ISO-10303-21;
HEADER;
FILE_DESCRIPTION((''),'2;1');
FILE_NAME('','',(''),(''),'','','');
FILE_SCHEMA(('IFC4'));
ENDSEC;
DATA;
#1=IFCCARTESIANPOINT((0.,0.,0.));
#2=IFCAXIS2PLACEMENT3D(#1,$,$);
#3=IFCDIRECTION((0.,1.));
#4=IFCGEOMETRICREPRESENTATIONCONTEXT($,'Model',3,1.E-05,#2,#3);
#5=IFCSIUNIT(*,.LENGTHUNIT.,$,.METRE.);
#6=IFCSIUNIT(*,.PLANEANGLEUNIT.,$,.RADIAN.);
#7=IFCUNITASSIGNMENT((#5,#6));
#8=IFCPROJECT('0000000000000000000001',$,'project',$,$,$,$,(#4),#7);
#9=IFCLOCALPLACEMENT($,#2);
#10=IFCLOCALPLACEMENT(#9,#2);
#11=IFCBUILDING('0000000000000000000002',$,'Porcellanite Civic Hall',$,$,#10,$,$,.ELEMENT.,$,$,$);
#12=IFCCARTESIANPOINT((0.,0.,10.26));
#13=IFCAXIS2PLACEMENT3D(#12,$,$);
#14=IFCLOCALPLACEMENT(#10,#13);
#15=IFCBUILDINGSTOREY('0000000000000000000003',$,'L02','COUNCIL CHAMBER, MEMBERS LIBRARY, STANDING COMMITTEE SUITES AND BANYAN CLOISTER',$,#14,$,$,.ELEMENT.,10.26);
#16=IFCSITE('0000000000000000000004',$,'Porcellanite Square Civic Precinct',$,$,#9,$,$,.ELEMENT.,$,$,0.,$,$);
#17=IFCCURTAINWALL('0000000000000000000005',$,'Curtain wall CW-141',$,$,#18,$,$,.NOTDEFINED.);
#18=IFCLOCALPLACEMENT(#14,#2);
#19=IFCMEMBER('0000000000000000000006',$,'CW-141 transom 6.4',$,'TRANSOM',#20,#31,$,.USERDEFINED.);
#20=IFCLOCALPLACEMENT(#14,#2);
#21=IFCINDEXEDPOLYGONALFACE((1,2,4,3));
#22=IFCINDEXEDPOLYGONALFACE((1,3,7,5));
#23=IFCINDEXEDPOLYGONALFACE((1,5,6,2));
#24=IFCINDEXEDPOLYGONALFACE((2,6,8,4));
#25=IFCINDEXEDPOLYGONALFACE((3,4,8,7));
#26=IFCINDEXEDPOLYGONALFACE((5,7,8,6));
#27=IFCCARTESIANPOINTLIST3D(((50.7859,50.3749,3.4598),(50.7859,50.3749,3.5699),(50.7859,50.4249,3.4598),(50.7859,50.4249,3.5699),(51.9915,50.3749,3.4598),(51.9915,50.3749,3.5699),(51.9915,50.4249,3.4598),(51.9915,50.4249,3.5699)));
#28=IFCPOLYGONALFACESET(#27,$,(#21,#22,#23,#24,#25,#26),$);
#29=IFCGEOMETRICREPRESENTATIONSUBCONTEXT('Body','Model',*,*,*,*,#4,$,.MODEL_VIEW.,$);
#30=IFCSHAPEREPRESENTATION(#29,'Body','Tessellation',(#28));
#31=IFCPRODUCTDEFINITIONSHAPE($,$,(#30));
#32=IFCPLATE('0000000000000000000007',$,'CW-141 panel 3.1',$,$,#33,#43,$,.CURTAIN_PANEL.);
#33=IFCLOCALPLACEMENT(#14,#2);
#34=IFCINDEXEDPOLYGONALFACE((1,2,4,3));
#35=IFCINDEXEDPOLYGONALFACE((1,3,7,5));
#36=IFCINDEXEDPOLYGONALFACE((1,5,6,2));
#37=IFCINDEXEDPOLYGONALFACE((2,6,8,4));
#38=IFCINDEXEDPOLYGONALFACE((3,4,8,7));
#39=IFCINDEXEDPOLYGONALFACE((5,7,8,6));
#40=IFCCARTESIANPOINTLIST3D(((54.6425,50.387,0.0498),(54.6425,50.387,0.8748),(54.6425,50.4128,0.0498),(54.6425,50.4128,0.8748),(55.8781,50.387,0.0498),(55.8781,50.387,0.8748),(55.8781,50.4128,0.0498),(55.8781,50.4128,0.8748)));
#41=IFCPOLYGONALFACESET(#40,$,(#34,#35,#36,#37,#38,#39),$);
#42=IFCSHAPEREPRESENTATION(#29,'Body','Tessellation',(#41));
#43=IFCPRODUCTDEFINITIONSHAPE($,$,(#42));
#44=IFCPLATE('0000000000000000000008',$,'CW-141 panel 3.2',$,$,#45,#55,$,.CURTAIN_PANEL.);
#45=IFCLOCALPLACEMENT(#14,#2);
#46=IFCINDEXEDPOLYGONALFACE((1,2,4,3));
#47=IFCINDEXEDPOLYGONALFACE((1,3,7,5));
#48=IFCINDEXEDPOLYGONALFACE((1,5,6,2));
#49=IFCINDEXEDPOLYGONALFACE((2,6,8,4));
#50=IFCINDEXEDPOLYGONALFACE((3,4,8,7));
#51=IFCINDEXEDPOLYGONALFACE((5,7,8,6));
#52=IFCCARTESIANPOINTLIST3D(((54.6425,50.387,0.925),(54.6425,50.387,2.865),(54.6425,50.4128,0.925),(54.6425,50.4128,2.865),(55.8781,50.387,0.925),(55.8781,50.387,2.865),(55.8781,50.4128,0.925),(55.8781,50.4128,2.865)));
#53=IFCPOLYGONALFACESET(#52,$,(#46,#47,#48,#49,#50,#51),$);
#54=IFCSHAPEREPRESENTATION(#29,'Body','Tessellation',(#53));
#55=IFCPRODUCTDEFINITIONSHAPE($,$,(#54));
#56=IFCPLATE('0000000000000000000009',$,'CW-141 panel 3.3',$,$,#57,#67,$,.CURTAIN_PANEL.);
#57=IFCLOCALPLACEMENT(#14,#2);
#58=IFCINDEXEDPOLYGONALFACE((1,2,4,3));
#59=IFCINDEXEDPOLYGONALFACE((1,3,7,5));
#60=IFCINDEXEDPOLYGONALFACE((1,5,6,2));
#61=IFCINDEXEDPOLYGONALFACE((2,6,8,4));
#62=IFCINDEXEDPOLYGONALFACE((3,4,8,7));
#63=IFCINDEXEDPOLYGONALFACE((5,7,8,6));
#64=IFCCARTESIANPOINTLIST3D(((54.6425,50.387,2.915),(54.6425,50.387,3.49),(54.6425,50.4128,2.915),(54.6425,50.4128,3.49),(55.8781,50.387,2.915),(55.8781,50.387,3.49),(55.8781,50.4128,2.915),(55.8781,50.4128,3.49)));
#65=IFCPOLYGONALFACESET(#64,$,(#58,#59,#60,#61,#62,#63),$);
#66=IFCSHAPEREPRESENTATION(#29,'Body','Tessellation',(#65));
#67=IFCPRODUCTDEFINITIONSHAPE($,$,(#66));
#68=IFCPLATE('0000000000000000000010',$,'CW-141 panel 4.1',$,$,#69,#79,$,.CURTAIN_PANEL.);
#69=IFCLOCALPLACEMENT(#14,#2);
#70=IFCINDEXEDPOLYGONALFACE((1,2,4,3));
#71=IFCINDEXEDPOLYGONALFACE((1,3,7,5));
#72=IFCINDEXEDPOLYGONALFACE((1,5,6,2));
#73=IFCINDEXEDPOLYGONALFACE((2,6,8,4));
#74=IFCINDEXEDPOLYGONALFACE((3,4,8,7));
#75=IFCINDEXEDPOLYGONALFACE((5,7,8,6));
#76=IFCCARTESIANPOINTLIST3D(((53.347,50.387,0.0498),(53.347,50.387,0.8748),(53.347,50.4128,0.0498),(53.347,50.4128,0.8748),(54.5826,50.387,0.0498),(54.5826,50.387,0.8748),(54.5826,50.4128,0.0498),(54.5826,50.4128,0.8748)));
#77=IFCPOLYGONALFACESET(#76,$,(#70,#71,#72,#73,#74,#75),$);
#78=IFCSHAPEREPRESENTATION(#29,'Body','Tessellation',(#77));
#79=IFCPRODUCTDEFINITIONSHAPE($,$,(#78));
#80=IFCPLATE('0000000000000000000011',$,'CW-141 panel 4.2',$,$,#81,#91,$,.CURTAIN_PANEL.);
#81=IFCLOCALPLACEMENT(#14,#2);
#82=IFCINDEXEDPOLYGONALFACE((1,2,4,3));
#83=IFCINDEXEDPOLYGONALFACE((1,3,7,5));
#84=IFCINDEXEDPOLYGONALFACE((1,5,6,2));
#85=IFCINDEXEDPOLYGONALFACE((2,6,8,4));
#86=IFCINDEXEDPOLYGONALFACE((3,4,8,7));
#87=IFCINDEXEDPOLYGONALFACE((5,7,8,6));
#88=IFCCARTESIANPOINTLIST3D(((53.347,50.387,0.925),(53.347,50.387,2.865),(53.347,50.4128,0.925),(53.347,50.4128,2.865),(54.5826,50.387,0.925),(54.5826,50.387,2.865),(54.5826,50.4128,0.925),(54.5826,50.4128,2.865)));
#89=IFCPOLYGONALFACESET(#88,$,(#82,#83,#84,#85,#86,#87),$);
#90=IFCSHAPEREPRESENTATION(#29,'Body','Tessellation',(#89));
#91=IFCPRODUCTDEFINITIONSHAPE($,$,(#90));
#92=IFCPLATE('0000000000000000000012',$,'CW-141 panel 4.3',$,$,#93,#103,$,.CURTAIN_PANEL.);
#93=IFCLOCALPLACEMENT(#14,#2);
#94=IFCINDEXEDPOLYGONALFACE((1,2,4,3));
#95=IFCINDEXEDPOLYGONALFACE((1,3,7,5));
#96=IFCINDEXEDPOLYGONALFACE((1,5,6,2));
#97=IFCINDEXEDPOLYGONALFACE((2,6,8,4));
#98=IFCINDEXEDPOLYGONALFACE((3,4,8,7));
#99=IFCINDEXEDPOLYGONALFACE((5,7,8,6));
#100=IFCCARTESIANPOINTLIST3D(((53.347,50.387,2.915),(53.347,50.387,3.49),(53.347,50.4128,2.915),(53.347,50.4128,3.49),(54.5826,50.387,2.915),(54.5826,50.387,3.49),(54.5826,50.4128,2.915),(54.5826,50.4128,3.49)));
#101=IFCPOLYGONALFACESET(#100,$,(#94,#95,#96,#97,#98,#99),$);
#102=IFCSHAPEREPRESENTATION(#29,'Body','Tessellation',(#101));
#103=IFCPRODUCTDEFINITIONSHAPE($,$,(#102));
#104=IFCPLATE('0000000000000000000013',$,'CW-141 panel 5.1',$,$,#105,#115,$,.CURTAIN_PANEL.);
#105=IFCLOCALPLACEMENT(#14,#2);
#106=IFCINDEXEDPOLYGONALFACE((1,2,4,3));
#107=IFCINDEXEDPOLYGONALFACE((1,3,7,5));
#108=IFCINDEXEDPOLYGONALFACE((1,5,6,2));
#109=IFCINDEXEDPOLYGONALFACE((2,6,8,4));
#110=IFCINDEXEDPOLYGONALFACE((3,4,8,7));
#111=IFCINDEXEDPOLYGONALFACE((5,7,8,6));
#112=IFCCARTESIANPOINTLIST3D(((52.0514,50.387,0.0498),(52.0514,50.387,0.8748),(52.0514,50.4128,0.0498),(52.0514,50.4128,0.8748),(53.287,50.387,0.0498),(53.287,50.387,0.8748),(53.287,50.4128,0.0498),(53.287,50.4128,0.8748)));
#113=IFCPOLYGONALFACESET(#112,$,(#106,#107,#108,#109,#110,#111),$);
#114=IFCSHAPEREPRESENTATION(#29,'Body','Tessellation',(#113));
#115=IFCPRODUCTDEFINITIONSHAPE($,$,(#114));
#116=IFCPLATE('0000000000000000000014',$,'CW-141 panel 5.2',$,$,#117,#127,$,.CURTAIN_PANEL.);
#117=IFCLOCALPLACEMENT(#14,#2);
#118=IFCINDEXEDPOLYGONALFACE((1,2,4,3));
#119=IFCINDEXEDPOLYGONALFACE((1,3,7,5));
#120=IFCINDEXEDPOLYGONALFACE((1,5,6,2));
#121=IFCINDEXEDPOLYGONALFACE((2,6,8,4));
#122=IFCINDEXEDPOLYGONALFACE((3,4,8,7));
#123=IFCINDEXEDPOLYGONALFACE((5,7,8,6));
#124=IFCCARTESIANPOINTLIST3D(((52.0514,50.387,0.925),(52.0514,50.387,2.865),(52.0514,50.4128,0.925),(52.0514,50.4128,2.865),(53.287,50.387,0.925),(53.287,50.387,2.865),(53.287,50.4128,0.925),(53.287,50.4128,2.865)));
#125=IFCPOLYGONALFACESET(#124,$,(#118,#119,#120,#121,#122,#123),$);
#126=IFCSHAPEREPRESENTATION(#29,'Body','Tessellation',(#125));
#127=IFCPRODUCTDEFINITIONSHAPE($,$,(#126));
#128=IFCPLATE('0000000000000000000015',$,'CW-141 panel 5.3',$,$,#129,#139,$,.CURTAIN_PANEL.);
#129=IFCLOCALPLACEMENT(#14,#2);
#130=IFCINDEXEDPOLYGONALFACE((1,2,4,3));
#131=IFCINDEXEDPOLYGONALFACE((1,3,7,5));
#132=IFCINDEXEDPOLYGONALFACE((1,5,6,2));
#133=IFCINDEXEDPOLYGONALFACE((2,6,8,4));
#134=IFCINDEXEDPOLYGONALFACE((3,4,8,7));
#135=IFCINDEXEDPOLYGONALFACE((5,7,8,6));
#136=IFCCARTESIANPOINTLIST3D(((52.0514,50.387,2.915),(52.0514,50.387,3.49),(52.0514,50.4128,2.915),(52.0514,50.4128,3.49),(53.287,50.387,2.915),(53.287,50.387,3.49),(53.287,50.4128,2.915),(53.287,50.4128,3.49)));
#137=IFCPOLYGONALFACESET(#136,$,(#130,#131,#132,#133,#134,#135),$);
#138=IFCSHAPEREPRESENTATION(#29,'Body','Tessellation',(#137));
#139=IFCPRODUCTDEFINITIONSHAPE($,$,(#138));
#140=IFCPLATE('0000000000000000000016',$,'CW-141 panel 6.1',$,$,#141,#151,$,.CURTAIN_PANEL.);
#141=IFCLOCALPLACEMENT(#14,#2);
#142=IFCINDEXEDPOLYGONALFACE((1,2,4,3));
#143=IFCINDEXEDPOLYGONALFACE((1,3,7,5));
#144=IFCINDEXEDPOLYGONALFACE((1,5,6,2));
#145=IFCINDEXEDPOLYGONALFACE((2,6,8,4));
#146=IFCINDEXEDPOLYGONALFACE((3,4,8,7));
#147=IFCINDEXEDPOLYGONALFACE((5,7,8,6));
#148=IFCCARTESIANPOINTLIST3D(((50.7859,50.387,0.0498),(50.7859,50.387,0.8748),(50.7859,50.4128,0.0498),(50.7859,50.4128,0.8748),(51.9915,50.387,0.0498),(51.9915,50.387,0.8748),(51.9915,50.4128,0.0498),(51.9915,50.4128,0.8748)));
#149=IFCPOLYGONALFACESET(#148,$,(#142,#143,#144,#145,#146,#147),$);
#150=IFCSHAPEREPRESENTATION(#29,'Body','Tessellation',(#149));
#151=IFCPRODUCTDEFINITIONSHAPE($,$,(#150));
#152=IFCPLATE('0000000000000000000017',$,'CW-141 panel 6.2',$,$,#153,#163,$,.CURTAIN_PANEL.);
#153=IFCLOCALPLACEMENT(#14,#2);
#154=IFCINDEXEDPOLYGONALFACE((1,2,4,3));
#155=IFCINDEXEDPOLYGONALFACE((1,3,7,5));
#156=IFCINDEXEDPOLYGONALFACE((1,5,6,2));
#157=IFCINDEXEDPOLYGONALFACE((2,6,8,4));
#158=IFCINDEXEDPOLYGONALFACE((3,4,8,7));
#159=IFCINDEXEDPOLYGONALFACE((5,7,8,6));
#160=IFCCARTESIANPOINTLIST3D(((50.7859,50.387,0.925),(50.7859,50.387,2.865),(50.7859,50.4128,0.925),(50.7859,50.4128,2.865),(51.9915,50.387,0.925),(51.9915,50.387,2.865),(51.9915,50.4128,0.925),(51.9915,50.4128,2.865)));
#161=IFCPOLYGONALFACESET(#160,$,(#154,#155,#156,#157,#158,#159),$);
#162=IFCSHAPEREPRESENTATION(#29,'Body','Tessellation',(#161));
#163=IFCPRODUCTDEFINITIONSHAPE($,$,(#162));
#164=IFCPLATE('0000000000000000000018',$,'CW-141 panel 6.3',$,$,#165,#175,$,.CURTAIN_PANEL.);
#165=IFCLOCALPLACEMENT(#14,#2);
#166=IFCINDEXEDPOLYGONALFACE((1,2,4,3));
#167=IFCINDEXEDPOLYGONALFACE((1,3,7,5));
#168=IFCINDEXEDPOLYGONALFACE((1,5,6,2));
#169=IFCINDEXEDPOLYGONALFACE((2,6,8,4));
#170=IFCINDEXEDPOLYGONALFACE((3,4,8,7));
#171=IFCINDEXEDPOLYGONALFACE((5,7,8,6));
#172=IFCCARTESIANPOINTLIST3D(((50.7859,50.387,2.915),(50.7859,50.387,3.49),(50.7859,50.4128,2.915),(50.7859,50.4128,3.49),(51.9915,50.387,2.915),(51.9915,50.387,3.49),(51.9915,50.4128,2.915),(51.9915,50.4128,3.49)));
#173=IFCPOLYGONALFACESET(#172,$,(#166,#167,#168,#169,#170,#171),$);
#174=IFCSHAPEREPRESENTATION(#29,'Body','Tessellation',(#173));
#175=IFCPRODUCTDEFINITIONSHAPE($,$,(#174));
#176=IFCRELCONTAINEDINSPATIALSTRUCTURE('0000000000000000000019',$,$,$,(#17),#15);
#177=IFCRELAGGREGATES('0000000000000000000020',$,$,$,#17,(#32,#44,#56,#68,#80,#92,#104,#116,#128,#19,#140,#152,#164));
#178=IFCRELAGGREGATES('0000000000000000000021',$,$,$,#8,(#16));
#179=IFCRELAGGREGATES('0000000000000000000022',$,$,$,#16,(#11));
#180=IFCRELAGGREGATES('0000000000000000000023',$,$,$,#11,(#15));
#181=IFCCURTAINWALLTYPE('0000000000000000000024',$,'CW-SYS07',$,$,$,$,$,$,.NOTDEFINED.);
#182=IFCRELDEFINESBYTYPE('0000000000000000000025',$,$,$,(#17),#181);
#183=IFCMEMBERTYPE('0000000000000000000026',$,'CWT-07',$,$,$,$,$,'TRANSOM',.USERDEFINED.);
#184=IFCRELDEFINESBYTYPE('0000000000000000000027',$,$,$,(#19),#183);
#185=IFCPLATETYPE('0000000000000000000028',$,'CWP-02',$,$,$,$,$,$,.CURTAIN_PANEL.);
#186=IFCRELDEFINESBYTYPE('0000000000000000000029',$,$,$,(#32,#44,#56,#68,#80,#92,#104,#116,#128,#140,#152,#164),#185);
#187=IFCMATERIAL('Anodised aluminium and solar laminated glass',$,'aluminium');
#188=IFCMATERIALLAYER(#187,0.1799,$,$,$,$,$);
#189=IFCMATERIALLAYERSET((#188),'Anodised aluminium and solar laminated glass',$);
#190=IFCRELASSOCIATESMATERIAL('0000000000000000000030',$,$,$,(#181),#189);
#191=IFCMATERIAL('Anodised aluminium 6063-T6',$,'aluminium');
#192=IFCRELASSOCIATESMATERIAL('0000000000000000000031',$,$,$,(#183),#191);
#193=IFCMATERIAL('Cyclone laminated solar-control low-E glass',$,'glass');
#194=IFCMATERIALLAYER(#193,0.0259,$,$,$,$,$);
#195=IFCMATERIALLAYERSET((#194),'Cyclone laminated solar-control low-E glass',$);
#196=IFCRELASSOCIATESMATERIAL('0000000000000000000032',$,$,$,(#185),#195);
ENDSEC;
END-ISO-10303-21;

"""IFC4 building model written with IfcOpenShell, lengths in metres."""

from ifc_helpers import new_model, si_unit, direction, frame, origin, origin_2d, place, context, subcontext, project, spatial, rectangle, extrude, material, layer, layer_set, material_profile, profile_set, type_object, element, aggregate, save


model = new_model("IFC4")

# Units and contexts
model_context = context("Model", 3, precision=1e-05, world=origin(), true_north=direction((0.0, 1.0)))
body_context = subcontext(model_context, "Body", "Model", "MODEL_VIEW")
ifc_project = project(units=[si_unit("LENGTHUNIT", "METRE"), si_unit("PLANEANGLEUNIT", "RADIAN")], contexts=[model_context])

# Site, building, storey
site_placement = place(None, origin())
site = spatial("IfcSite", under=ifc_project, at=site_placement, Name="Porcellanite Square Civic Precinct", CompositionType="ELEMENT", RefElevation=0.0)
building_placement = place(site_placement, origin())
building = spatial("IfcBuilding", under=site, at=building_placement, Name="Porcellanite Civic Hall", CompositionType="ELEMENT")
storey_placement = place(building_placement, frame((0.0, 0.0, 10.26)))
storey = spatial("IfcBuildingStorey", under=building, at=storey_placement, Name="L02", Description="COUNCIL CHAMBER, MEMBERS LIBRARY, STANDING COMMITTEE SUITES AND BANYAN CLOISTER", CompositionType="ELEMENT", Elevation=10.26)

# Curtain wall, member, plates
ifc_material_1 = material(Name="Anodised aluminium and solar laminated glass", Category="aluminium")
ifc_layer_1 = layer(ifc_material_1, 0.1799)
ifc_layer_set_1 = layer_set([ifc_layer_1], Name="Anodised aluminium and solar laminated glass")
curtain_wall_type = type_object("IfcCurtainWallType", Name="CW-SYS07", PredefinedType="NOTDEFINED", material=ifc_layer_set_1)
curtain_wall_placement = place(storey_placement, origin())
curtain_wall = element("IfcCurtainWall", 1, at=curtain_wall_placement, inside=storey, type_object=curtain_wall_type, Name="Curtain wall CW-141", PredefinedType="NOTDEFINED")
ifc_material_2 = material(Name="Anodised aluminium 6063-T6", Category="aluminium")
ifc_material_profile_1 = material_profile(ifc_material_2, rectangle(XDim=0.05, YDim=0.1101, at=origin_2d()), Name="AL-50x110")
ifc_profile_set_1 = profile_set([ifc_material_profile_1], Name="Anodised aluminium 6063-T6")
member_type_1 = type_object("IfcMemberType", Name="CWT-07", ElementType="TRANSOM", PredefinedType="USERDEFINED", material=ifc_profile_set_1)
member_1_placement = place(storey_placement, frame((51.9915, 50.3999, 3.5149), z_axis=(-1.0, 0.0, 0.0), x_axis=(0.0, -1.0, 0.0)))
member_1 = element("IfcMember", 2, at=member_1_placement, type_object=member_type_1, Name="CW-141 transom 6.4", ObjectType="TRANSOM", PredefinedType="USERDEFINED", context=body_context, shape_type="SweptSolid", body=[
    extrude(rectangle(XDim=0.05, YDim=0.1101, at=origin_2d()), origin(), (0.0, 0.0, 1.0), 1.2056),
])
ifc_material_3 = material(Name="Cyclone laminated solar-control low-E glass", Category="glass")
ifc_layer_2 = layer(ifc_material_3, 0.0259)
ifc_layer_set_2 = layer_set([ifc_layer_2], Name="Cyclone laminated solar-control low-E glass")
plate_type = type_object("IfcPlateType", Name="CWP-02", PredefinedType="CURTAIN_PANEL", material=ifc_layer_set_2)
plate_1_placement = place(storey_placement, frame((55.2603, 50.3999, 0.0498), z_axis=(0.0, 0.0, 1.0), x_axis=(-1.0, 0.0, 0.0)))
plate_1 = element("IfcPlate", 3, at=plate_1_placement, type_object=plate_type, Name="CW-141 panel 3.1", PredefinedType="CURTAIN_PANEL", context=body_context, shape_type="SweptSolid", body=[
    extrude(rectangle(XDim=1.2356, YDim=0.0259, at=origin_2d()), origin(), (0.0, 0.0, 1.0), 0.825),
])
plate_2_placement = place(storey_placement, frame((55.2603, 50.3999, 0.925), z_axis=(0.0, 0.0, 1.0), x_axis=(-1.0, 0.0, 0.0)))
plate_2 = element("IfcPlate", 4, at=plate_2_placement, type_object=plate_type, Name="CW-141 panel 3.2", PredefinedType="CURTAIN_PANEL", context=body_context, shape_type="SweptSolid", body=[
    extrude(rectangle(XDim=1.2356, YDim=0.0259, at=origin_2d()), origin(), (0.0, 0.0, 1.0), 1.9399),
])
plate_3_placement = place(storey_placement, frame((55.2603, 50.3999, 2.915), z_axis=(0.0, 0.0, 1.0), x_axis=(-1.0, 0.0, 0.0)))
plate_3 = element("IfcPlate", 5, at=plate_3_placement, type_object=plate_type, Name="CW-141 panel 3.3", PredefinedType="CURTAIN_PANEL", context=body_context, shape_type="SweptSolid", body=[
    extrude(rectangle(XDim=1.2356, YDim=0.0259, at=origin_2d()), origin(), (0.0, 0.0, 1.0), 0.575),
])
plate_4_placement = place(storey_placement, frame((53.9648, 50.3999, 0.0498), z_axis=(0.0, 0.0, 1.0), x_axis=(-1.0, 0.0, 0.0)))
plate_4 = element("IfcPlate", 6, at=plate_4_placement, type_object=plate_type, Name="CW-141 panel 4.1", PredefinedType="CURTAIN_PANEL", context=body_context, shape_type="SweptSolid", body=[
    extrude(rectangle(XDim=1.2356, YDim=0.0259, at=origin_2d()), origin(), (0.0, 0.0, 1.0), 0.825),
])
plate_5_placement = place(storey_placement, frame((53.9648, 50.3999, 0.925), z_axis=(0.0, 0.0, 1.0), x_axis=(-1.0, 0.0, 0.0)))
plate_5 = element("IfcPlate", 7, at=plate_5_placement, type_object=plate_type, Name="CW-141 panel 4.2", PredefinedType="CURTAIN_PANEL", context=body_context, shape_type="SweptSolid", body=[
    extrude(rectangle(XDim=1.2356, YDim=0.0259, at=origin_2d()), origin(), (0.0, 0.0, 1.0), 1.9399),
])
plate_6_placement = place(storey_placement, frame((53.9648, 50.3999, 2.915), z_axis=(0.0, 0.0, 1.0), x_axis=(-1.0, 0.0, 0.0)))
plate_6 = element("IfcPlate", 8, at=plate_6_placement, type_object=plate_type, Name="CW-141 panel 4.3", PredefinedType="CURTAIN_PANEL", context=body_context, shape_type="SweptSolid", body=[
    extrude(rectangle(XDim=1.2356, YDim=0.0259, at=origin_2d()), origin(), (0.0, 0.0, 1.0), 0.575),
])
plate_7_placement = place(storey_placement, frame((52.6692, 50.3999, 0.0498), z_axis=(0.0, 0.0, 1.0), x_axis=(-1.0, 0.0, 0.0)))
plate_7 = element("IfcPlate", 9, at=plate_7_placement, type_object=plate_type, Name="CW-141 panel 5.1", PredefinedType="CURTAIN_PANEL", context=body_context, shape_type="SweptSolid", body=[
    extrude(rectangle(XDim=1.2356, YDim=0.0259, at=origin_2d()), origin(), (0.0, 0.0, 1.0), 0.825),
])
plate_8_placement = place(storey_placement, frame((52.6692, 50.3999, 0.925), z_axis=(0.0, 0.0, 1.0), x_axis=(-1.0, 0.0, 0.0)))
plate_8 = element("IfcPlate", 10, at=plate_8_placement, type_object=plate_type, Name="CW-141 panel 5.2", PredefinedType="CURTAIN_PANEL", context=body_context, shape_type="SweptSolid", body=[
    extrude(rectangle(XDim=1.2356, YDim=0.0259, at=origin_2d()), origin(), (0.0, 0.0, 1.0), 1.9399),
])
plate_9_placement = place(storey_placement, frame((52.6692, 50.3999, 2.915), z_axis=(0.0, 0.0, 1.0), x_axis=(-1.0, 0.0, 0.0)))
plate_9 = element("IfcPlate", 11, at=plate_9_placement, type_object=plate_type, Name="CW-141 panel 5.3", PredefinedType="CURTAIN_PANEL", context=body_context, shape_type="SweptSolid", body=[
    extrude(rectangle(XDim=1.2356, YDim=0.0259, at=origin_2d()), origin(), (0.0, 0.0, 1.0), 0.575),
])
plate_10_placement = place(storey_placement, frame((51.3887, 50.3999, 0.0498), z_axis=(0.0, 0.0, 1.0), x_axis=(-1.0, 0.0, 0.0)))
plate_10 = element("IfcPlate", 12, at=plate_10_placement, type_object=plate_type, Name="CW-141 panel 6.1", PredefinedType="CURTAIN_PANEL", context=body_context, shape_type="SweptSolid", body=[
    extrude(rectangle(XDim=1.2056, YDim=0.0259, at=origin_2d()), origin(), (0.0, 0.0, 1.0), 0.825),
])
plate_11_placement = place(storey_placement, frame((51.3887, 50.3999, 0.925), z_axis=(0.0, 0.0, 1.0), x_axis=(-1.0, 0.0, 0.0)))
plate_11 = element("IfcPlate", 13, at=plate_11_placement, type_object=plate_type, Name="CW-141 panel 6.2", PredefinedType="CURTAIN_PANEL", context=body_context, shape_type="SweptSolid", body=[
    extrude(rectangle(XDim=1.2056, YDim=0.0259, at=origin_2d()), origin(), (0.0, 0.0, 1.0), 1.9399),
])
plate_12_placement = place(storey_placement, frame((51.3887, 50.3999, 2.915), z_axis=(0.0, 0.0, 1.0), x_axis=(-1.0, 0.0, 0.0)))
plate_12 = element("IfcPlate", 14, at=plate_12_placement, type_object=plate_type, Name="CW-141 panel 6.3", PredefinedType="CURTAIN_PANEL", context=body_context, shape_type="SweptSolid", body=[
    extrude(rectangle(XDim=1.2056, YDim=0.0259, at=origin_2d()), origin(), (0.0, 0.0, 1.0), 0.575),
])
aggregate(curtain_wall, [plate_1, plate_2, plate_3, plate_4, plate_5, plate_6, plate_7, plate_8, plate_9, member_1, plate_10, plate_11, plate_12])

save(model, "model.ifc")
